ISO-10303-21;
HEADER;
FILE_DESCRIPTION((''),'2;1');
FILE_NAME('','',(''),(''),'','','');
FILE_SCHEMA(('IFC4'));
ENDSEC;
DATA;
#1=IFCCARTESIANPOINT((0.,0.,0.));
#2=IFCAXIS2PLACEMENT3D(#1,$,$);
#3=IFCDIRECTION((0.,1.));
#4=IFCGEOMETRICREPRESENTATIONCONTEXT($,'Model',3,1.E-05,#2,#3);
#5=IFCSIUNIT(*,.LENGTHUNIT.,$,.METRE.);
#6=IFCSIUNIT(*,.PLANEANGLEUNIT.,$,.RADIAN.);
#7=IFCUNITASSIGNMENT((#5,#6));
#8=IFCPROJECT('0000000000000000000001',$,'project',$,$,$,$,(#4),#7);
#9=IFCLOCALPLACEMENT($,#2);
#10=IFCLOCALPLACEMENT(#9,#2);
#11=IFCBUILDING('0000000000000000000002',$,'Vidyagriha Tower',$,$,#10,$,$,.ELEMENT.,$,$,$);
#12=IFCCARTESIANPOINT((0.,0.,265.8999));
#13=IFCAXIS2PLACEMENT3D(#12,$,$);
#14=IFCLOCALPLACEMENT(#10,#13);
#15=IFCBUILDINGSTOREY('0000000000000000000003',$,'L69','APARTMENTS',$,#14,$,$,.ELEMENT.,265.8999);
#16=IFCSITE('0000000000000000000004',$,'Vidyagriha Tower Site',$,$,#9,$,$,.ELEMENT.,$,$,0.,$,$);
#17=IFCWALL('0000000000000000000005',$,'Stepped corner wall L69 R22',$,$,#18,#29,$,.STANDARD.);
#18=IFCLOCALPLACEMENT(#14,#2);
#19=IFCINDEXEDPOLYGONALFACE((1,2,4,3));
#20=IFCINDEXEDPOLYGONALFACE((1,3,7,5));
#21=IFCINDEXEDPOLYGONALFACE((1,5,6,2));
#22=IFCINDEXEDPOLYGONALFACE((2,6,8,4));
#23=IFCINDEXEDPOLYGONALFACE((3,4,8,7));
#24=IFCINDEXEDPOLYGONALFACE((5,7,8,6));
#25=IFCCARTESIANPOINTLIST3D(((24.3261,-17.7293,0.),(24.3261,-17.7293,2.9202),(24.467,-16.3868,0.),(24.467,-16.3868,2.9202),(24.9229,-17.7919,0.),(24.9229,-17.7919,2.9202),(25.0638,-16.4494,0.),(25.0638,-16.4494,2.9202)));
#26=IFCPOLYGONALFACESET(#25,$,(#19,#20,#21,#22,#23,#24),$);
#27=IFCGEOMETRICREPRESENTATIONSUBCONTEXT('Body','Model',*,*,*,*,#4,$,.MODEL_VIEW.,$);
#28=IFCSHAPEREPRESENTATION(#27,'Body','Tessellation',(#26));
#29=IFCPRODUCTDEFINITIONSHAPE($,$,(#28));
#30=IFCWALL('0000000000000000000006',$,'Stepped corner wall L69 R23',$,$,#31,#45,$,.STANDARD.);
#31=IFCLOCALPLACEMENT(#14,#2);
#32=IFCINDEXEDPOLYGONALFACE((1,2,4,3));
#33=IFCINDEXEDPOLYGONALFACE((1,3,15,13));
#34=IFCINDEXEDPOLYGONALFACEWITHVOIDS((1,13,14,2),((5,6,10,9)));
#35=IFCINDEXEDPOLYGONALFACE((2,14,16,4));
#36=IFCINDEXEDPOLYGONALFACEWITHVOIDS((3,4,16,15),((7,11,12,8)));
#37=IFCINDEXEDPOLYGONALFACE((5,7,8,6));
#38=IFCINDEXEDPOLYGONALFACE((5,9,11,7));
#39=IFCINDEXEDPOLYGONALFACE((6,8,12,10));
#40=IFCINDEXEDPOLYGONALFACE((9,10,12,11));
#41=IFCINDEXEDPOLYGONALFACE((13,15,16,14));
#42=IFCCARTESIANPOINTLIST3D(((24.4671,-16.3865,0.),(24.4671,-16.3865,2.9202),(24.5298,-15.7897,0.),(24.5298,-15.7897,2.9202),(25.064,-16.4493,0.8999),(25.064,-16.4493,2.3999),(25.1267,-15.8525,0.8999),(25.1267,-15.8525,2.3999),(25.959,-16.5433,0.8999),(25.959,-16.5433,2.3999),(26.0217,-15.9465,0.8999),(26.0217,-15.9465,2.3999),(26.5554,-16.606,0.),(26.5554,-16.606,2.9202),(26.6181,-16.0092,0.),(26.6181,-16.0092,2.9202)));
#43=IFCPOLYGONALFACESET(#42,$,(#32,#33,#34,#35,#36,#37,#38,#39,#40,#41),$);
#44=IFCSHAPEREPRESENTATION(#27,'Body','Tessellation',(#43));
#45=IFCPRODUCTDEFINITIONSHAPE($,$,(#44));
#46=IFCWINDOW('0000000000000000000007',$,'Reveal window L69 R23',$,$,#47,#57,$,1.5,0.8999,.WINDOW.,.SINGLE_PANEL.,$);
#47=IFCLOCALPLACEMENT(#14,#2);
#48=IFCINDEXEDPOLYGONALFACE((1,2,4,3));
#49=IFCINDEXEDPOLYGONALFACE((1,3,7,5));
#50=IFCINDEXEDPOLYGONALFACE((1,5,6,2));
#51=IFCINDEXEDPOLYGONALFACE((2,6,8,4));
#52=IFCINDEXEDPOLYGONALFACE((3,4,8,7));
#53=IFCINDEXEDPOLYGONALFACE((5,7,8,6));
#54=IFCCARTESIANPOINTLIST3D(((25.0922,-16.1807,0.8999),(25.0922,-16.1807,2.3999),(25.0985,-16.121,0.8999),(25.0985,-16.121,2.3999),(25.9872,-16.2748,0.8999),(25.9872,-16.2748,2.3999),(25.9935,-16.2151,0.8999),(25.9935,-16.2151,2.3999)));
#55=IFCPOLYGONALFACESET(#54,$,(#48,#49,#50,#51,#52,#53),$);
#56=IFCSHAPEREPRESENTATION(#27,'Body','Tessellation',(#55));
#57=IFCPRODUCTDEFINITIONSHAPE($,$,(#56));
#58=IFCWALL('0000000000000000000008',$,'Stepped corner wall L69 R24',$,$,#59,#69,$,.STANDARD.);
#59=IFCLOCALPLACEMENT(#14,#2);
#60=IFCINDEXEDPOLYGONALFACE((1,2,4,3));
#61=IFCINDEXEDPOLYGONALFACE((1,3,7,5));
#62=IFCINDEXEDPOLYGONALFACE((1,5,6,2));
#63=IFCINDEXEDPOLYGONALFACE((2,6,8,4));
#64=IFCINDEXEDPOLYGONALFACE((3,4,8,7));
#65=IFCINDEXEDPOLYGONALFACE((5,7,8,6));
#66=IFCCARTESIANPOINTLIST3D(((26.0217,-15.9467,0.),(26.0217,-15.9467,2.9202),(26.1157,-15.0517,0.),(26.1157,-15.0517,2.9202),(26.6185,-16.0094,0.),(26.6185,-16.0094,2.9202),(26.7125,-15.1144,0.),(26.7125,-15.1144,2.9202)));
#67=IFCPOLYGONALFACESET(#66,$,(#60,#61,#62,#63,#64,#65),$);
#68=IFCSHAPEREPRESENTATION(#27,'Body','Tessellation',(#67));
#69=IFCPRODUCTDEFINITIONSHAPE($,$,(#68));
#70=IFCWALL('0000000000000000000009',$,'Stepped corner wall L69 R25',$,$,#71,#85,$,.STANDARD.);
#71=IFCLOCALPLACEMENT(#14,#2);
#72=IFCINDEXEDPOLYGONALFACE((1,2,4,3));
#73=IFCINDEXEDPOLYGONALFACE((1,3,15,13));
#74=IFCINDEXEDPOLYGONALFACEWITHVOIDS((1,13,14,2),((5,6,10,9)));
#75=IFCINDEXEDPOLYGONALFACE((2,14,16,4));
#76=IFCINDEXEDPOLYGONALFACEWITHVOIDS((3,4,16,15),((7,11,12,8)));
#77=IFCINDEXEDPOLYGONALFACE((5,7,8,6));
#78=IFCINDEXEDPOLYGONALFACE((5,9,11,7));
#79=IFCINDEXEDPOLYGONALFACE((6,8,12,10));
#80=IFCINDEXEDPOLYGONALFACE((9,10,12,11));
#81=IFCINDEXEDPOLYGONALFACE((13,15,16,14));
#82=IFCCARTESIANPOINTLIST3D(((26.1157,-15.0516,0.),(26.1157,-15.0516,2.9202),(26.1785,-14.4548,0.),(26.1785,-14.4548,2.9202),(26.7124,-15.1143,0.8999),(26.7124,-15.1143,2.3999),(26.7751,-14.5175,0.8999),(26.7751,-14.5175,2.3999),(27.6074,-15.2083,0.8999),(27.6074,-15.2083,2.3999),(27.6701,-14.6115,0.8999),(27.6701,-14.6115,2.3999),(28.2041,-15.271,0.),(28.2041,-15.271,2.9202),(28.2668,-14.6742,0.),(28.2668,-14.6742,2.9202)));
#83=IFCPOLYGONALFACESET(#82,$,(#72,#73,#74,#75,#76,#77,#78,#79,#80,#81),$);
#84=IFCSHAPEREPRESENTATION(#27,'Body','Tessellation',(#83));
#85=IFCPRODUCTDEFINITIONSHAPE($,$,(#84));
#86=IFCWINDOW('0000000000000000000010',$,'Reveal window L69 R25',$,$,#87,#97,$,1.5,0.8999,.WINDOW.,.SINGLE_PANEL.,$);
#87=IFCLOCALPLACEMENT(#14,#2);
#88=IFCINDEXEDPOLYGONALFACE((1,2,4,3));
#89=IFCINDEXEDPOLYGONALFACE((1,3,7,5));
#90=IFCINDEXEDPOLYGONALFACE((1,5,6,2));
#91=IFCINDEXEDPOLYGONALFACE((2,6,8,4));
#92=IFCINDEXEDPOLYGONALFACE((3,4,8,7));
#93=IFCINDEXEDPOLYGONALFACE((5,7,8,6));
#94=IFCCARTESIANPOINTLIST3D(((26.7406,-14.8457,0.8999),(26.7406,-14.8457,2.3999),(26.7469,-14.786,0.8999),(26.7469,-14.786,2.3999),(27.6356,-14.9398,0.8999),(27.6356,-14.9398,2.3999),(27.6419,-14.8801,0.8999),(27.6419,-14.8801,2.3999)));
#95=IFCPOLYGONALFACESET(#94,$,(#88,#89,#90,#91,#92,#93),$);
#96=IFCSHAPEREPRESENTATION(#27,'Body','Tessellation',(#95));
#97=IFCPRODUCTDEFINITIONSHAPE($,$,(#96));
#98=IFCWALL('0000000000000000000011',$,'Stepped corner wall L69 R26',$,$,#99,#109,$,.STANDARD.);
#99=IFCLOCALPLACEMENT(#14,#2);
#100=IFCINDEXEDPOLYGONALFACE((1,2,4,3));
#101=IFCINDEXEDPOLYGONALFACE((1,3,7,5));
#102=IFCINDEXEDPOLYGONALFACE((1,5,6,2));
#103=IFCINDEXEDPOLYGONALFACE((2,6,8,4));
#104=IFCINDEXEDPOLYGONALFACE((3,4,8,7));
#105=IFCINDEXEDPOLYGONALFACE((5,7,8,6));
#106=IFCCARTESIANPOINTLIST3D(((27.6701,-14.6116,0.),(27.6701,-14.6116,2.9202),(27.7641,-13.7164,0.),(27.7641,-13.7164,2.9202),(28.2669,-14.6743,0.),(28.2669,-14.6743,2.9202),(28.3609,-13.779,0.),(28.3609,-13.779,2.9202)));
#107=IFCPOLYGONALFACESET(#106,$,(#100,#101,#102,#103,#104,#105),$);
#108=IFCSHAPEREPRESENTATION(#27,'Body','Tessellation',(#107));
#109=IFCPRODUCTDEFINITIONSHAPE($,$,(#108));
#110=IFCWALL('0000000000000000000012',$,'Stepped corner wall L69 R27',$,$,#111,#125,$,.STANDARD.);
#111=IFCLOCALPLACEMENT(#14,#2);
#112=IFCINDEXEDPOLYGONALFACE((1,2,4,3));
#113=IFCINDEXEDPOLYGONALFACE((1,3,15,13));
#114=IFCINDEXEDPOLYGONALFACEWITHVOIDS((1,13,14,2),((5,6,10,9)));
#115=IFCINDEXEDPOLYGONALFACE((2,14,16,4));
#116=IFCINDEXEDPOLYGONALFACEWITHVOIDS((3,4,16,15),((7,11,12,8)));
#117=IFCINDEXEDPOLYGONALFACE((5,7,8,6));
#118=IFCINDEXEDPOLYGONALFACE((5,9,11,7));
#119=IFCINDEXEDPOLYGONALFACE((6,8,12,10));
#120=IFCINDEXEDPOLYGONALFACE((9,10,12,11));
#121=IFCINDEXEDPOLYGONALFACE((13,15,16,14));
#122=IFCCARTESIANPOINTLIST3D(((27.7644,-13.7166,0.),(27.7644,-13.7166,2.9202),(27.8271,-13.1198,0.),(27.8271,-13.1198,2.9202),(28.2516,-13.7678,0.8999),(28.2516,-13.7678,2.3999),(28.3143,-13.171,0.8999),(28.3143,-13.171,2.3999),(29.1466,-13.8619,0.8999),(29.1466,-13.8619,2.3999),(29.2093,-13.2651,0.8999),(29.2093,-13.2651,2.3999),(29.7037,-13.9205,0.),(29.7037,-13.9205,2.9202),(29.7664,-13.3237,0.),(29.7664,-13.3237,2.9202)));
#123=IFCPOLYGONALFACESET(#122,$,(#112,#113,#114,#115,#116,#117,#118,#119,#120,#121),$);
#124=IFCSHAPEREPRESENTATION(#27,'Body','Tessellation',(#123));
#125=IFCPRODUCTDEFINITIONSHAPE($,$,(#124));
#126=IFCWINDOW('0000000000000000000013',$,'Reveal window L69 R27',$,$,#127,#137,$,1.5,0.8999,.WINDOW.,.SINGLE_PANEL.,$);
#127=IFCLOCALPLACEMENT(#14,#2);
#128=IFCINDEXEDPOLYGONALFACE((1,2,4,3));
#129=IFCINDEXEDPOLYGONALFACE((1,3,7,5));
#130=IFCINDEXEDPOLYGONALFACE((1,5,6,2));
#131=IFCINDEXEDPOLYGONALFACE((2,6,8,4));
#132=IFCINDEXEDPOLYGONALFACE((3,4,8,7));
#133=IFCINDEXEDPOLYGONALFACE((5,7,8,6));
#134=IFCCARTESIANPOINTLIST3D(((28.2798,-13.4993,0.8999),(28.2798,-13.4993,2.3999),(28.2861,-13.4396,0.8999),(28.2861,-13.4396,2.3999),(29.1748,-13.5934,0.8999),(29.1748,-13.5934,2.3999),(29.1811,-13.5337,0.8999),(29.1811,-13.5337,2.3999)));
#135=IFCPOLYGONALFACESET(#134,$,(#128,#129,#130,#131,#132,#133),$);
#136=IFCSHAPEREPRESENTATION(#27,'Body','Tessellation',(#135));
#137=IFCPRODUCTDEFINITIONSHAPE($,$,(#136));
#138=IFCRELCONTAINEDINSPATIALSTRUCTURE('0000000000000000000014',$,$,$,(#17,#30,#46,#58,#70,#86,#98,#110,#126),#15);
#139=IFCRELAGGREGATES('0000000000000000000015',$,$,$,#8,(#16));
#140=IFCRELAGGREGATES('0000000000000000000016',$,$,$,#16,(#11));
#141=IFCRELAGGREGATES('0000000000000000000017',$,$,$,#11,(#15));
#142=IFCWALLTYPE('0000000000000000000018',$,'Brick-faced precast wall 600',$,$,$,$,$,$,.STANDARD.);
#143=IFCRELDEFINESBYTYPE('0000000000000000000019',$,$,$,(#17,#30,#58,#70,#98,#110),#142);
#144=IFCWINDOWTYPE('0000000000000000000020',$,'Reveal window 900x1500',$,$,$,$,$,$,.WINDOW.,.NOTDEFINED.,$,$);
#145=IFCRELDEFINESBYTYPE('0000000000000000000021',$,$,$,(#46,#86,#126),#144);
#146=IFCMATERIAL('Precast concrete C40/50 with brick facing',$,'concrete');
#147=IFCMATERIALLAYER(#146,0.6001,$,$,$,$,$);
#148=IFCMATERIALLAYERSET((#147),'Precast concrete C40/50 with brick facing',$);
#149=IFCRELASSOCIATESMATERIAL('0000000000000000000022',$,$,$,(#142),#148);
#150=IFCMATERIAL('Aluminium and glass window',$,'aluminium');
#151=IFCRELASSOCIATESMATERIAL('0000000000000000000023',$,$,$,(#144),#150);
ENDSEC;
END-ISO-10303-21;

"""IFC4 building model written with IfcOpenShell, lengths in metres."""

from ifc_helpers import new_model, si_unit, direction, frame, frame_2d, origin, place, context, subcontext, project, spatial, rectangle, extrude, material, layer, layer_set, type_object, element, fill, save


model = new_model("IFC4")

# Units and contexts
model_context = context("Model", 3, precision=1e-05, world=origin(), true_north=direction((0.0, 1.0)))
body_context = subcontext(model_context, "Body", "Model", "MODEL_VIEW")
ifc_project = project(units=[si_unit("LENGTHUNIT", "METRE"), si_unit("PLANEANGLEUNIT", "RADIAN")], contexts=[model_context])

# Site, building, storey
site_placement = place(None, origin())
site = spatial("IfcSite", under=ifc_project, at=site_placement, Name="Vidyagriha Tower Site", CompositionType="ELEMENT", RefElevation=0.0)
building_placement = place(site_placement, origin())
building = spatial("IfcBuilding", under=site, at=building_placement, Name="Vidyagriha Tower", CompositionType="ELEMENT")
storey_placement = place(building_placement, frame((0.0, 0.0, 265.8999)))
storey = spatial("IfcBuildingStorey", under=building, at=storey_placement, Name="L69", Description="APARTMENTS", CompositionType="ELEMENT", Elevation=265.8999)

# Wall
ifc_material_1 = material(Name="Precast concrete C40/50 with brick facing", Category="concrete")
ifc_layer_1 = layer(ifc_material_1, 0.6001)
ifc_layer_set_1 = layer_set([ifc_layer_1], Name="Precast concrete C40/50 with brick facing")
wall_type_1 = type_object("IfcWallType", Name="Brick-faced precast wall 600", PredefinedType="STANDARD", material=ifc_layer_set_1)
wall_1_placement = place(storey_placement, frame((24.6245, -17.7605, 0.0), z_axis=(0.0, 0.0, 1.0), x_axis=(0.104355, 0.99454, 0.0)))
element("IfcWall", 1, at=wall_1_placement, inside=storey, type_object=wall_type_1, Name="Stepped corner wall L69 R22", PredefinedType="STANDARD", context=body_context, shape_type="SweptSolid", body=[
    extrude(rectangle(XDim=1.3499, YDim=0.6001, at=frame_2d((0.6748, 0.0))), origin(), (0.0, 0.0, 1.0), 2.9202),
])

# Wall, opening, window
wall_2_placement = place(storey_placement, frame((24.4985, -16.0881, 0.0), z_axis=(0.0, 0.0, 1.0), x_axis=(0.994523, -0.104521, 0.0)))
wall_2 = element("IfcWall", 2, at=wall_2_placement, inside=storey, type_object=wall_type_1, Name="Stepped corner wall L69 R23", PredefinedType="STANDARD", context=body_context, shape_type="SweptSolid", body=[
    extrude(rectangle(XDim=2.0999, YDim=0.6001, at=frame_2d((1.0498, 0.0))), origin(), (0.0, 0.0, 1.0), 2.9202),
])
opening_1_placement = place(wall_2_placement, frame((0.6001, 0.0, 0.8999)))
opening_1 = element("IfcOpeningElement", 3, at=opening_1_placement, cuts=wall_2, PredefinedType="OPENING", context=body_context, shape_type="SweptSolid", body=[
    extrude(rectangle(XDim=0.8999, YDim=1.5, at=frame_2d((0.45, 0.75))), frame((0.0, 0.3101, 0.0), z_axis=(0.0, -1.0, 0.0), x_axis=(1.0, 0.0, 0.0)), (0.0, 0.0, 1.0), 0.6201),
])
ifc_material_2 = material(Name="Aluminium and glass window", Category="aluminium")
window_type = type_object("IfcWindowType", Name="Reveal window 900x1500", PartitioningType="NOTDEFINED", PredefinedType="WINDOW", material=ifc_material_2)
window_1_placement = place(opening_1_placement, origin())
window_1 = element("IfcWindow", 4, at=window_1_placement, inside=storey, type_object=window_type, Name="Reveal window L69 R23", OverallHeight=1.5, OverallWidth=0.8999, PartitioningType="SINGLE_PANEL", PredefinedType="WINDOW", context=body_context, shape_type="SweptSolid", body=[
    extrude(rectangle(XDim=0.8999, YDim=1.5, at=frame_2d((0.45, 0.75))), frame((0.0, 0.03, 0.0), z_axis=(0.0, -1.0, 0.0), x_axis=(1.0, 0.0, 0.0)), (0.0, 0.0, 1.0), 0.0601),
])
fill(opening_1, window_1)

# Wall
wall_3_placement = place(storey_placement, frame((26.3201, -15.978, 0.0), z_axis=(0.0, 0.0, 1.0), x_axis=(0.104445, 0.994531, 0.0)))
element("IfcWall", 5, at=wall_3_placement, inside=storey, type_object=wall_type_1, Name="Stepped corner wall L69 R24", PredefinedType="STANDARD", context=body_context, shape_type="SweptSolid", body=[
    extrude(rectangle(XDim=0.8999, YDim=0.6001, at=frame_2d((0.45, 0.0))), origin(), (0.0, 0.0, 1.0), 2.9202),
])

# Wall, opening, window
wall_4_placement = place(storey_placement, frame((26.1472, -14.7532, 0.0), z_axis=(0.0, 0.0, 1.0), x_axis=(0.994523, -0.104521, 0.0)))
wall_4 = element("IfcWall", 6, at=wall_4_placement, inside=storey, type_object=wall_type_1, Name="Stepped corner wall L69 R25", PredefinedType="STANDARD", context=body_context, shape_type="SweptSolid", body=[
    extrude(rectangle(XDim=2.0999, YDim=0.6001, at=frame_2d((1.0498, 0.0))), origin(), (0.0, 0.0, 1.0), 2.9202),
])
opening_2_placement = place(wall_4_placement, frame((0.5999, 0.0, 0.8999)))
opening_2 = element("IfcOpeningElement", 7, at=opening_2_placement, cuts=wall_4, PredefinedType="OPENING", context=body_context, shape_type="SweptSolid", body=[
    extrude(rectangle(XDim=0.8999, YDim=1.5, at=frame_2d((0.45, 0.75))), frame((0.0, 0.3101, 0.0), z_axis=(0.0, -1.0, 0.0), x_axis=(1.0, 0.0, 0.0)), (0.0, 0.0, 1.0), 0.6201),
])
window_2_placement = place(opening_2_placement, origin())
window_2 = element("IfcWindow", 8, at=window_2_placement, inside=storey, type_object=window_type, Name="Reveal window L69 R25", OverallHeight=1.5, OverallWidth=0.8999, PartitioningType="SINGLE_PANEL", PredefinedType="WINDOW", context=body_context, shape_type="SweptSolid", body=[
    extrude(rectangle(XDim=0.8999, YDim=1.5, at=frame_2d((0.45, 0.75))), frame((0.0, 0.03, 0.0), z_axis=(0.0, -1.0, 0.0), x_axis=(1.0, 0.0, 0.0)), (0.0, 0.0, 1.0), 0.0601),
])
fill(opening_2, window_2)

# Wall
wall_5_placement = place(storey_placement, frame((27.9685, -14.6431, 0.0), z_axis=(0.0, 0.0, 1.0), x_axis=(0.104417, 0.994534, 0.0)))
element("IfcWall", 9, at=wall_5_placement, inside=storey, type_object=wall_type_1, Name="Stepped corner wall L69 R26", PredefinedType="STANDARD", context=body_context, shape_type="SweptSolid", body=[
    extrude(rectangle(XDim=0.9001, YDim=0.6001, at=frame_2d((0.4502, 0.0))), origin(), (0.0, 0.0, 1.0), 2.9202),
])

# Wall, opening, window
wall_6_placement = place(storey_placement, frame((27.7957, -13.4182, 0.0), z_axis=(0.0, 0.0, 1.0), x_axis=(0.99452, -0.104548, 0.0)))
wall_6 = element("IfcWall", 10, at=wall_6_placement, inside=storey, type_object=wall_type_1, Name="Stepped corner wall L69 R27", PredefinedType="STANDARD", context=body_context, shape_type="SweptSolid", body=[
    extrude(rectangle(XDim=1.95, YDim=0.6001, at=frame_2d((0.9751, 0.0))), origin(), (0.0, 0.0, 1.0), 2.9202),
])
opening_3_placement = place(wall_6_placement, frame((0.49, 0.0, 0.8999)))
opening_3 = element("IfcOpeningElement", 11, at=opening_3_placement, cuts=wall_6, PredefinedType="OPENING", context=body_context, shape_type="SweptSolid", body=[
    extrude(rectangle(XDim=0.8999, YDim=1.5, at=frame_2d((0.45, 0.75))), frame((0.0, 0.3101, 0.0), z_axis=(0.0, -1.0, 0.0), x_axis=(1.0, 0.0, 0.0)), (0.0, 0.0, 1.0), 0.6201),
])
window_3_placement = place(opening_3_placement, origin())
window_3 = element("IfcWindow", 12, at=window_3_placement, inside=storey, type_object=window_type, Name="Reveal window L69 R27", OverallHeight=1.5, OverallWidth=0.8999, PartitioningType="SINGLE_PANEL", PredefinedType="WINDOW", context=body_context, shape_type="SweptSolid", body=[
    extrude(rectangle(XDim=0.8999, YDim=1.5, at=frame_2d((0.45, 0.75))), frame((0.0, 0.03, 0.0), z_axis=(0.0, -1.0, 0.0), x_axis=(1.0, 0.0, 0.0)), (0.0, 0.0, 1.0), 0.0601),
])
fill(opening_3, window_3)

save(model, "model.ifc")
